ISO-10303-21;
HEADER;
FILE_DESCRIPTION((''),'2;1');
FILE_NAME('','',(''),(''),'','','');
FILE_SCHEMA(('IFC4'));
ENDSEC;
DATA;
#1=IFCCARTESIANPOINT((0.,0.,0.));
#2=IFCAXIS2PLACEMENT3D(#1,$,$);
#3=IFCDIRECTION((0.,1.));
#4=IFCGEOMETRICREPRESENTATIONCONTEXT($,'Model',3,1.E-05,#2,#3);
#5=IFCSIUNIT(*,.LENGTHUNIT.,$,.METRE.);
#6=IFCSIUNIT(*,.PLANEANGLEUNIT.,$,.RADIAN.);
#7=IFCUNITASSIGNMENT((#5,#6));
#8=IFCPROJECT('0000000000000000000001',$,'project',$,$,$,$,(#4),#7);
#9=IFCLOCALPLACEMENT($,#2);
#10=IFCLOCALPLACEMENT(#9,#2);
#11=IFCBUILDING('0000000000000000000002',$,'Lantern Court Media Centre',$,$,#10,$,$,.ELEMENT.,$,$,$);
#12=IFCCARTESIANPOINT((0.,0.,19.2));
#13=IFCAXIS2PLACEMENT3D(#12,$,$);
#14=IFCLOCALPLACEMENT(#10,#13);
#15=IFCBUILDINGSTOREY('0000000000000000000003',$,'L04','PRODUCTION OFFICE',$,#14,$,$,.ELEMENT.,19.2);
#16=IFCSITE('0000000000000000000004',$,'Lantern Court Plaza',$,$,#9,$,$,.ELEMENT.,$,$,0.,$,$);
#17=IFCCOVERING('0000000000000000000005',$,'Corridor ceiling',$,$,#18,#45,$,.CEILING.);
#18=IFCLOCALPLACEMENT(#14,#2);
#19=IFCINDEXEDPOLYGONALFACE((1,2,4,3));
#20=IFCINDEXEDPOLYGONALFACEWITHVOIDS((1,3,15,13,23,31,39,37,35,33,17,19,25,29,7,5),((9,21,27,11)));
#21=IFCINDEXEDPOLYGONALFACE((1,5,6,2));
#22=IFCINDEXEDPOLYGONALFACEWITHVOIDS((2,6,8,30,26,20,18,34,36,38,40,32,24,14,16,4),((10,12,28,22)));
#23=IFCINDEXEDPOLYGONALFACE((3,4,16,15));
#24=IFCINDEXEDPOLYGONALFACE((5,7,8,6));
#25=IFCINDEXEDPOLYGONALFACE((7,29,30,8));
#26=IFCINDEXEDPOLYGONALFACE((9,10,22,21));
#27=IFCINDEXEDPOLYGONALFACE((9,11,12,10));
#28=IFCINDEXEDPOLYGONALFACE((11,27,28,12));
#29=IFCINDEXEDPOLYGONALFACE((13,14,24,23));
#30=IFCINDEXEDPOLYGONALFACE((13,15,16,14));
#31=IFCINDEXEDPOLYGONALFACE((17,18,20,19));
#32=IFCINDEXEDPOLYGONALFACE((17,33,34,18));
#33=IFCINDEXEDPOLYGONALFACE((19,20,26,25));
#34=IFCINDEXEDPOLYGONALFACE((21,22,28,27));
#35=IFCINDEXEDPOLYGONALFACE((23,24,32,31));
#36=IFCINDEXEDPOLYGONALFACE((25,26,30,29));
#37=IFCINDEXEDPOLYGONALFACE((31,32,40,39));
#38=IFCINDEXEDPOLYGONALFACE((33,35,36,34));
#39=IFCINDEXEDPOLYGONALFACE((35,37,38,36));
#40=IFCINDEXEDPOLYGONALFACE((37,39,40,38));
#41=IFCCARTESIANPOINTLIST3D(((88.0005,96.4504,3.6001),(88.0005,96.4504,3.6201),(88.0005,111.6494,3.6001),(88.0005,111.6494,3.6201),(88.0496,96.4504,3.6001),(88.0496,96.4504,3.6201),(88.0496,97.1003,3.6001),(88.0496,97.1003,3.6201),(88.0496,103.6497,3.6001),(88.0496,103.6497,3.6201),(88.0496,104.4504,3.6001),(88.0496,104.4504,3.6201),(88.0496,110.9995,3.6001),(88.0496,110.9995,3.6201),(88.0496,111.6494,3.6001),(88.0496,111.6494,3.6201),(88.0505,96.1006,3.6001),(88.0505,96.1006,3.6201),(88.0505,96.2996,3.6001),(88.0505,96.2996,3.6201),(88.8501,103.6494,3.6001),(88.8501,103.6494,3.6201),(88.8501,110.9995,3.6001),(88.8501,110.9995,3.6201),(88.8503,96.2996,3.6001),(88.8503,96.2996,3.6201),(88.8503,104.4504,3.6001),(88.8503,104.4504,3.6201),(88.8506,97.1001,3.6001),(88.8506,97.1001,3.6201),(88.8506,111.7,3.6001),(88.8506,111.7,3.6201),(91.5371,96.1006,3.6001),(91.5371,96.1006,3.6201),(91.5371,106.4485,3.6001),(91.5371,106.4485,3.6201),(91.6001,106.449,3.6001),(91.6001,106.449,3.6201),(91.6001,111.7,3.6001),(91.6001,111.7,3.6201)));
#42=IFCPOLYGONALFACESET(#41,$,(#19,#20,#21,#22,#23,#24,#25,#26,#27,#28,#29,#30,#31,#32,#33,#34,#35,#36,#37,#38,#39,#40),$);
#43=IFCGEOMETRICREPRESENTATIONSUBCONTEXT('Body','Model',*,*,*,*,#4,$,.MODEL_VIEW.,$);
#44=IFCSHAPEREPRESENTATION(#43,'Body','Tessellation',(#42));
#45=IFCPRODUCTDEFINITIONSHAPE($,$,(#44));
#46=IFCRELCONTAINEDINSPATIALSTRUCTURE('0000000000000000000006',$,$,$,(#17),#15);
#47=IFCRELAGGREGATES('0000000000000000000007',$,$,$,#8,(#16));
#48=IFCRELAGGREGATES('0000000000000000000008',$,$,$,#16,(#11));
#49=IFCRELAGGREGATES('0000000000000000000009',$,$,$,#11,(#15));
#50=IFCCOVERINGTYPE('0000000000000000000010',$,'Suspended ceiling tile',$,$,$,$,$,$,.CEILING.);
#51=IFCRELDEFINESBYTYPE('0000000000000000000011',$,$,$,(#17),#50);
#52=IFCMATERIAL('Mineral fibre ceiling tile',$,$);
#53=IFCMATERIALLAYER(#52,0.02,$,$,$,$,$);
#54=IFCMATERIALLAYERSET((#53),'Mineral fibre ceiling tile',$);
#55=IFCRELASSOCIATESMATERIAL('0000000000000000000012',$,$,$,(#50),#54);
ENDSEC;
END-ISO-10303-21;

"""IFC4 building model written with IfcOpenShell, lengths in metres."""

from ifc_helpers import new_model, si_unit, direction, frame, origin, place, context, subcontext, project, spatial, polyline, outline, extrude, material, layer, layer_set, type_object, element, save


model = new_model("IFC4")

# Units and contexts
model_context = context("Model", 3, precision=1e-05, world=origin(), true_north=direction((0.0, 1.0)))
body_context = subcontext(model_context, "Body", "Model", "MODEL_VIEW")
ifc_project = project(units=[si_unit("LENGTHUNIT", "METRE"), si_unit("PLANEANGLEUNIT", "RADIAN")], contexts=[model_context])

# Site, building, storey
site_placement = place(None, origin())
site = spatial("IfcSite", under=ifc_project, at=site_placement, Name="Lantern Court Plaza", CompositionType="ELEMENT", RefElevation=0.0)
building_placement = place(site_placement, origin())
building = spatial("IfcBuilding", under=site, at=building_placement, Name="Lantern Court Media Centre", CompositionType="ELEMENT")
storey_placement = place(building_placement, frame((0.0, 0.0, 19.2)))
storey = spatial("IfcBuildingStorey", under=building, at=storey_placement, Name="L04", Description="PRODUCTION OFFICE", CompositionType="ELEMENT", Elevation=19.2)

# Covering
ifc_material = material(Name="Mineral fibre ceiling tile")
ifc_layer = layer(ifc_material, 0.02)
ifc_layer_set = layer_set([ifc_layer], Name="Mineral fibre ceiling tile")
covering_type = type_object("IfcCoveringType", Name="Suspended ceiling tile", PredefinedType="CEILING", material=ifc_layer_set)
covering_1_placement = place(storey_placement, frame((0.0, 0.0, 3.6001)))
element("IfcCovering", 1, at=covering_1_placement, inside=storey, type_object=covering_type, Name="Corridor ceiling", PredefinedType="CEILING", context=body_context, shape_type="SweptSolid", body=[
    extrude(outline(polyline([(91.6001, 111.7), (91.6001, 106.449), (91.5371, 106.4485), (91.5371, 96.1006), (88.0505, 96.1006), (88.0505, 96.2996), (88.8503, 96.2996), (88.8506, 97.1001), (88.0496, 97.1003), (88.0496, 96.4504), (88.0005, 96.4504), (88.0005, 111.6494), (88.0496, 111.6494), (88.0496, 110.9995), (88.8501, 110.9995), (88.8506, 111.7), (91.6001, 111.7)]), holes=[polyline([(88.8501, 103.6494), (88.8503, 104.4504), (88.0496, 104.4504), (88.0496, 103.6497), (88.8501, 103.6494)])]), origin(), (0.0, 0.0, 1.0), 0.02),
])

save(model, "model.ifc")
